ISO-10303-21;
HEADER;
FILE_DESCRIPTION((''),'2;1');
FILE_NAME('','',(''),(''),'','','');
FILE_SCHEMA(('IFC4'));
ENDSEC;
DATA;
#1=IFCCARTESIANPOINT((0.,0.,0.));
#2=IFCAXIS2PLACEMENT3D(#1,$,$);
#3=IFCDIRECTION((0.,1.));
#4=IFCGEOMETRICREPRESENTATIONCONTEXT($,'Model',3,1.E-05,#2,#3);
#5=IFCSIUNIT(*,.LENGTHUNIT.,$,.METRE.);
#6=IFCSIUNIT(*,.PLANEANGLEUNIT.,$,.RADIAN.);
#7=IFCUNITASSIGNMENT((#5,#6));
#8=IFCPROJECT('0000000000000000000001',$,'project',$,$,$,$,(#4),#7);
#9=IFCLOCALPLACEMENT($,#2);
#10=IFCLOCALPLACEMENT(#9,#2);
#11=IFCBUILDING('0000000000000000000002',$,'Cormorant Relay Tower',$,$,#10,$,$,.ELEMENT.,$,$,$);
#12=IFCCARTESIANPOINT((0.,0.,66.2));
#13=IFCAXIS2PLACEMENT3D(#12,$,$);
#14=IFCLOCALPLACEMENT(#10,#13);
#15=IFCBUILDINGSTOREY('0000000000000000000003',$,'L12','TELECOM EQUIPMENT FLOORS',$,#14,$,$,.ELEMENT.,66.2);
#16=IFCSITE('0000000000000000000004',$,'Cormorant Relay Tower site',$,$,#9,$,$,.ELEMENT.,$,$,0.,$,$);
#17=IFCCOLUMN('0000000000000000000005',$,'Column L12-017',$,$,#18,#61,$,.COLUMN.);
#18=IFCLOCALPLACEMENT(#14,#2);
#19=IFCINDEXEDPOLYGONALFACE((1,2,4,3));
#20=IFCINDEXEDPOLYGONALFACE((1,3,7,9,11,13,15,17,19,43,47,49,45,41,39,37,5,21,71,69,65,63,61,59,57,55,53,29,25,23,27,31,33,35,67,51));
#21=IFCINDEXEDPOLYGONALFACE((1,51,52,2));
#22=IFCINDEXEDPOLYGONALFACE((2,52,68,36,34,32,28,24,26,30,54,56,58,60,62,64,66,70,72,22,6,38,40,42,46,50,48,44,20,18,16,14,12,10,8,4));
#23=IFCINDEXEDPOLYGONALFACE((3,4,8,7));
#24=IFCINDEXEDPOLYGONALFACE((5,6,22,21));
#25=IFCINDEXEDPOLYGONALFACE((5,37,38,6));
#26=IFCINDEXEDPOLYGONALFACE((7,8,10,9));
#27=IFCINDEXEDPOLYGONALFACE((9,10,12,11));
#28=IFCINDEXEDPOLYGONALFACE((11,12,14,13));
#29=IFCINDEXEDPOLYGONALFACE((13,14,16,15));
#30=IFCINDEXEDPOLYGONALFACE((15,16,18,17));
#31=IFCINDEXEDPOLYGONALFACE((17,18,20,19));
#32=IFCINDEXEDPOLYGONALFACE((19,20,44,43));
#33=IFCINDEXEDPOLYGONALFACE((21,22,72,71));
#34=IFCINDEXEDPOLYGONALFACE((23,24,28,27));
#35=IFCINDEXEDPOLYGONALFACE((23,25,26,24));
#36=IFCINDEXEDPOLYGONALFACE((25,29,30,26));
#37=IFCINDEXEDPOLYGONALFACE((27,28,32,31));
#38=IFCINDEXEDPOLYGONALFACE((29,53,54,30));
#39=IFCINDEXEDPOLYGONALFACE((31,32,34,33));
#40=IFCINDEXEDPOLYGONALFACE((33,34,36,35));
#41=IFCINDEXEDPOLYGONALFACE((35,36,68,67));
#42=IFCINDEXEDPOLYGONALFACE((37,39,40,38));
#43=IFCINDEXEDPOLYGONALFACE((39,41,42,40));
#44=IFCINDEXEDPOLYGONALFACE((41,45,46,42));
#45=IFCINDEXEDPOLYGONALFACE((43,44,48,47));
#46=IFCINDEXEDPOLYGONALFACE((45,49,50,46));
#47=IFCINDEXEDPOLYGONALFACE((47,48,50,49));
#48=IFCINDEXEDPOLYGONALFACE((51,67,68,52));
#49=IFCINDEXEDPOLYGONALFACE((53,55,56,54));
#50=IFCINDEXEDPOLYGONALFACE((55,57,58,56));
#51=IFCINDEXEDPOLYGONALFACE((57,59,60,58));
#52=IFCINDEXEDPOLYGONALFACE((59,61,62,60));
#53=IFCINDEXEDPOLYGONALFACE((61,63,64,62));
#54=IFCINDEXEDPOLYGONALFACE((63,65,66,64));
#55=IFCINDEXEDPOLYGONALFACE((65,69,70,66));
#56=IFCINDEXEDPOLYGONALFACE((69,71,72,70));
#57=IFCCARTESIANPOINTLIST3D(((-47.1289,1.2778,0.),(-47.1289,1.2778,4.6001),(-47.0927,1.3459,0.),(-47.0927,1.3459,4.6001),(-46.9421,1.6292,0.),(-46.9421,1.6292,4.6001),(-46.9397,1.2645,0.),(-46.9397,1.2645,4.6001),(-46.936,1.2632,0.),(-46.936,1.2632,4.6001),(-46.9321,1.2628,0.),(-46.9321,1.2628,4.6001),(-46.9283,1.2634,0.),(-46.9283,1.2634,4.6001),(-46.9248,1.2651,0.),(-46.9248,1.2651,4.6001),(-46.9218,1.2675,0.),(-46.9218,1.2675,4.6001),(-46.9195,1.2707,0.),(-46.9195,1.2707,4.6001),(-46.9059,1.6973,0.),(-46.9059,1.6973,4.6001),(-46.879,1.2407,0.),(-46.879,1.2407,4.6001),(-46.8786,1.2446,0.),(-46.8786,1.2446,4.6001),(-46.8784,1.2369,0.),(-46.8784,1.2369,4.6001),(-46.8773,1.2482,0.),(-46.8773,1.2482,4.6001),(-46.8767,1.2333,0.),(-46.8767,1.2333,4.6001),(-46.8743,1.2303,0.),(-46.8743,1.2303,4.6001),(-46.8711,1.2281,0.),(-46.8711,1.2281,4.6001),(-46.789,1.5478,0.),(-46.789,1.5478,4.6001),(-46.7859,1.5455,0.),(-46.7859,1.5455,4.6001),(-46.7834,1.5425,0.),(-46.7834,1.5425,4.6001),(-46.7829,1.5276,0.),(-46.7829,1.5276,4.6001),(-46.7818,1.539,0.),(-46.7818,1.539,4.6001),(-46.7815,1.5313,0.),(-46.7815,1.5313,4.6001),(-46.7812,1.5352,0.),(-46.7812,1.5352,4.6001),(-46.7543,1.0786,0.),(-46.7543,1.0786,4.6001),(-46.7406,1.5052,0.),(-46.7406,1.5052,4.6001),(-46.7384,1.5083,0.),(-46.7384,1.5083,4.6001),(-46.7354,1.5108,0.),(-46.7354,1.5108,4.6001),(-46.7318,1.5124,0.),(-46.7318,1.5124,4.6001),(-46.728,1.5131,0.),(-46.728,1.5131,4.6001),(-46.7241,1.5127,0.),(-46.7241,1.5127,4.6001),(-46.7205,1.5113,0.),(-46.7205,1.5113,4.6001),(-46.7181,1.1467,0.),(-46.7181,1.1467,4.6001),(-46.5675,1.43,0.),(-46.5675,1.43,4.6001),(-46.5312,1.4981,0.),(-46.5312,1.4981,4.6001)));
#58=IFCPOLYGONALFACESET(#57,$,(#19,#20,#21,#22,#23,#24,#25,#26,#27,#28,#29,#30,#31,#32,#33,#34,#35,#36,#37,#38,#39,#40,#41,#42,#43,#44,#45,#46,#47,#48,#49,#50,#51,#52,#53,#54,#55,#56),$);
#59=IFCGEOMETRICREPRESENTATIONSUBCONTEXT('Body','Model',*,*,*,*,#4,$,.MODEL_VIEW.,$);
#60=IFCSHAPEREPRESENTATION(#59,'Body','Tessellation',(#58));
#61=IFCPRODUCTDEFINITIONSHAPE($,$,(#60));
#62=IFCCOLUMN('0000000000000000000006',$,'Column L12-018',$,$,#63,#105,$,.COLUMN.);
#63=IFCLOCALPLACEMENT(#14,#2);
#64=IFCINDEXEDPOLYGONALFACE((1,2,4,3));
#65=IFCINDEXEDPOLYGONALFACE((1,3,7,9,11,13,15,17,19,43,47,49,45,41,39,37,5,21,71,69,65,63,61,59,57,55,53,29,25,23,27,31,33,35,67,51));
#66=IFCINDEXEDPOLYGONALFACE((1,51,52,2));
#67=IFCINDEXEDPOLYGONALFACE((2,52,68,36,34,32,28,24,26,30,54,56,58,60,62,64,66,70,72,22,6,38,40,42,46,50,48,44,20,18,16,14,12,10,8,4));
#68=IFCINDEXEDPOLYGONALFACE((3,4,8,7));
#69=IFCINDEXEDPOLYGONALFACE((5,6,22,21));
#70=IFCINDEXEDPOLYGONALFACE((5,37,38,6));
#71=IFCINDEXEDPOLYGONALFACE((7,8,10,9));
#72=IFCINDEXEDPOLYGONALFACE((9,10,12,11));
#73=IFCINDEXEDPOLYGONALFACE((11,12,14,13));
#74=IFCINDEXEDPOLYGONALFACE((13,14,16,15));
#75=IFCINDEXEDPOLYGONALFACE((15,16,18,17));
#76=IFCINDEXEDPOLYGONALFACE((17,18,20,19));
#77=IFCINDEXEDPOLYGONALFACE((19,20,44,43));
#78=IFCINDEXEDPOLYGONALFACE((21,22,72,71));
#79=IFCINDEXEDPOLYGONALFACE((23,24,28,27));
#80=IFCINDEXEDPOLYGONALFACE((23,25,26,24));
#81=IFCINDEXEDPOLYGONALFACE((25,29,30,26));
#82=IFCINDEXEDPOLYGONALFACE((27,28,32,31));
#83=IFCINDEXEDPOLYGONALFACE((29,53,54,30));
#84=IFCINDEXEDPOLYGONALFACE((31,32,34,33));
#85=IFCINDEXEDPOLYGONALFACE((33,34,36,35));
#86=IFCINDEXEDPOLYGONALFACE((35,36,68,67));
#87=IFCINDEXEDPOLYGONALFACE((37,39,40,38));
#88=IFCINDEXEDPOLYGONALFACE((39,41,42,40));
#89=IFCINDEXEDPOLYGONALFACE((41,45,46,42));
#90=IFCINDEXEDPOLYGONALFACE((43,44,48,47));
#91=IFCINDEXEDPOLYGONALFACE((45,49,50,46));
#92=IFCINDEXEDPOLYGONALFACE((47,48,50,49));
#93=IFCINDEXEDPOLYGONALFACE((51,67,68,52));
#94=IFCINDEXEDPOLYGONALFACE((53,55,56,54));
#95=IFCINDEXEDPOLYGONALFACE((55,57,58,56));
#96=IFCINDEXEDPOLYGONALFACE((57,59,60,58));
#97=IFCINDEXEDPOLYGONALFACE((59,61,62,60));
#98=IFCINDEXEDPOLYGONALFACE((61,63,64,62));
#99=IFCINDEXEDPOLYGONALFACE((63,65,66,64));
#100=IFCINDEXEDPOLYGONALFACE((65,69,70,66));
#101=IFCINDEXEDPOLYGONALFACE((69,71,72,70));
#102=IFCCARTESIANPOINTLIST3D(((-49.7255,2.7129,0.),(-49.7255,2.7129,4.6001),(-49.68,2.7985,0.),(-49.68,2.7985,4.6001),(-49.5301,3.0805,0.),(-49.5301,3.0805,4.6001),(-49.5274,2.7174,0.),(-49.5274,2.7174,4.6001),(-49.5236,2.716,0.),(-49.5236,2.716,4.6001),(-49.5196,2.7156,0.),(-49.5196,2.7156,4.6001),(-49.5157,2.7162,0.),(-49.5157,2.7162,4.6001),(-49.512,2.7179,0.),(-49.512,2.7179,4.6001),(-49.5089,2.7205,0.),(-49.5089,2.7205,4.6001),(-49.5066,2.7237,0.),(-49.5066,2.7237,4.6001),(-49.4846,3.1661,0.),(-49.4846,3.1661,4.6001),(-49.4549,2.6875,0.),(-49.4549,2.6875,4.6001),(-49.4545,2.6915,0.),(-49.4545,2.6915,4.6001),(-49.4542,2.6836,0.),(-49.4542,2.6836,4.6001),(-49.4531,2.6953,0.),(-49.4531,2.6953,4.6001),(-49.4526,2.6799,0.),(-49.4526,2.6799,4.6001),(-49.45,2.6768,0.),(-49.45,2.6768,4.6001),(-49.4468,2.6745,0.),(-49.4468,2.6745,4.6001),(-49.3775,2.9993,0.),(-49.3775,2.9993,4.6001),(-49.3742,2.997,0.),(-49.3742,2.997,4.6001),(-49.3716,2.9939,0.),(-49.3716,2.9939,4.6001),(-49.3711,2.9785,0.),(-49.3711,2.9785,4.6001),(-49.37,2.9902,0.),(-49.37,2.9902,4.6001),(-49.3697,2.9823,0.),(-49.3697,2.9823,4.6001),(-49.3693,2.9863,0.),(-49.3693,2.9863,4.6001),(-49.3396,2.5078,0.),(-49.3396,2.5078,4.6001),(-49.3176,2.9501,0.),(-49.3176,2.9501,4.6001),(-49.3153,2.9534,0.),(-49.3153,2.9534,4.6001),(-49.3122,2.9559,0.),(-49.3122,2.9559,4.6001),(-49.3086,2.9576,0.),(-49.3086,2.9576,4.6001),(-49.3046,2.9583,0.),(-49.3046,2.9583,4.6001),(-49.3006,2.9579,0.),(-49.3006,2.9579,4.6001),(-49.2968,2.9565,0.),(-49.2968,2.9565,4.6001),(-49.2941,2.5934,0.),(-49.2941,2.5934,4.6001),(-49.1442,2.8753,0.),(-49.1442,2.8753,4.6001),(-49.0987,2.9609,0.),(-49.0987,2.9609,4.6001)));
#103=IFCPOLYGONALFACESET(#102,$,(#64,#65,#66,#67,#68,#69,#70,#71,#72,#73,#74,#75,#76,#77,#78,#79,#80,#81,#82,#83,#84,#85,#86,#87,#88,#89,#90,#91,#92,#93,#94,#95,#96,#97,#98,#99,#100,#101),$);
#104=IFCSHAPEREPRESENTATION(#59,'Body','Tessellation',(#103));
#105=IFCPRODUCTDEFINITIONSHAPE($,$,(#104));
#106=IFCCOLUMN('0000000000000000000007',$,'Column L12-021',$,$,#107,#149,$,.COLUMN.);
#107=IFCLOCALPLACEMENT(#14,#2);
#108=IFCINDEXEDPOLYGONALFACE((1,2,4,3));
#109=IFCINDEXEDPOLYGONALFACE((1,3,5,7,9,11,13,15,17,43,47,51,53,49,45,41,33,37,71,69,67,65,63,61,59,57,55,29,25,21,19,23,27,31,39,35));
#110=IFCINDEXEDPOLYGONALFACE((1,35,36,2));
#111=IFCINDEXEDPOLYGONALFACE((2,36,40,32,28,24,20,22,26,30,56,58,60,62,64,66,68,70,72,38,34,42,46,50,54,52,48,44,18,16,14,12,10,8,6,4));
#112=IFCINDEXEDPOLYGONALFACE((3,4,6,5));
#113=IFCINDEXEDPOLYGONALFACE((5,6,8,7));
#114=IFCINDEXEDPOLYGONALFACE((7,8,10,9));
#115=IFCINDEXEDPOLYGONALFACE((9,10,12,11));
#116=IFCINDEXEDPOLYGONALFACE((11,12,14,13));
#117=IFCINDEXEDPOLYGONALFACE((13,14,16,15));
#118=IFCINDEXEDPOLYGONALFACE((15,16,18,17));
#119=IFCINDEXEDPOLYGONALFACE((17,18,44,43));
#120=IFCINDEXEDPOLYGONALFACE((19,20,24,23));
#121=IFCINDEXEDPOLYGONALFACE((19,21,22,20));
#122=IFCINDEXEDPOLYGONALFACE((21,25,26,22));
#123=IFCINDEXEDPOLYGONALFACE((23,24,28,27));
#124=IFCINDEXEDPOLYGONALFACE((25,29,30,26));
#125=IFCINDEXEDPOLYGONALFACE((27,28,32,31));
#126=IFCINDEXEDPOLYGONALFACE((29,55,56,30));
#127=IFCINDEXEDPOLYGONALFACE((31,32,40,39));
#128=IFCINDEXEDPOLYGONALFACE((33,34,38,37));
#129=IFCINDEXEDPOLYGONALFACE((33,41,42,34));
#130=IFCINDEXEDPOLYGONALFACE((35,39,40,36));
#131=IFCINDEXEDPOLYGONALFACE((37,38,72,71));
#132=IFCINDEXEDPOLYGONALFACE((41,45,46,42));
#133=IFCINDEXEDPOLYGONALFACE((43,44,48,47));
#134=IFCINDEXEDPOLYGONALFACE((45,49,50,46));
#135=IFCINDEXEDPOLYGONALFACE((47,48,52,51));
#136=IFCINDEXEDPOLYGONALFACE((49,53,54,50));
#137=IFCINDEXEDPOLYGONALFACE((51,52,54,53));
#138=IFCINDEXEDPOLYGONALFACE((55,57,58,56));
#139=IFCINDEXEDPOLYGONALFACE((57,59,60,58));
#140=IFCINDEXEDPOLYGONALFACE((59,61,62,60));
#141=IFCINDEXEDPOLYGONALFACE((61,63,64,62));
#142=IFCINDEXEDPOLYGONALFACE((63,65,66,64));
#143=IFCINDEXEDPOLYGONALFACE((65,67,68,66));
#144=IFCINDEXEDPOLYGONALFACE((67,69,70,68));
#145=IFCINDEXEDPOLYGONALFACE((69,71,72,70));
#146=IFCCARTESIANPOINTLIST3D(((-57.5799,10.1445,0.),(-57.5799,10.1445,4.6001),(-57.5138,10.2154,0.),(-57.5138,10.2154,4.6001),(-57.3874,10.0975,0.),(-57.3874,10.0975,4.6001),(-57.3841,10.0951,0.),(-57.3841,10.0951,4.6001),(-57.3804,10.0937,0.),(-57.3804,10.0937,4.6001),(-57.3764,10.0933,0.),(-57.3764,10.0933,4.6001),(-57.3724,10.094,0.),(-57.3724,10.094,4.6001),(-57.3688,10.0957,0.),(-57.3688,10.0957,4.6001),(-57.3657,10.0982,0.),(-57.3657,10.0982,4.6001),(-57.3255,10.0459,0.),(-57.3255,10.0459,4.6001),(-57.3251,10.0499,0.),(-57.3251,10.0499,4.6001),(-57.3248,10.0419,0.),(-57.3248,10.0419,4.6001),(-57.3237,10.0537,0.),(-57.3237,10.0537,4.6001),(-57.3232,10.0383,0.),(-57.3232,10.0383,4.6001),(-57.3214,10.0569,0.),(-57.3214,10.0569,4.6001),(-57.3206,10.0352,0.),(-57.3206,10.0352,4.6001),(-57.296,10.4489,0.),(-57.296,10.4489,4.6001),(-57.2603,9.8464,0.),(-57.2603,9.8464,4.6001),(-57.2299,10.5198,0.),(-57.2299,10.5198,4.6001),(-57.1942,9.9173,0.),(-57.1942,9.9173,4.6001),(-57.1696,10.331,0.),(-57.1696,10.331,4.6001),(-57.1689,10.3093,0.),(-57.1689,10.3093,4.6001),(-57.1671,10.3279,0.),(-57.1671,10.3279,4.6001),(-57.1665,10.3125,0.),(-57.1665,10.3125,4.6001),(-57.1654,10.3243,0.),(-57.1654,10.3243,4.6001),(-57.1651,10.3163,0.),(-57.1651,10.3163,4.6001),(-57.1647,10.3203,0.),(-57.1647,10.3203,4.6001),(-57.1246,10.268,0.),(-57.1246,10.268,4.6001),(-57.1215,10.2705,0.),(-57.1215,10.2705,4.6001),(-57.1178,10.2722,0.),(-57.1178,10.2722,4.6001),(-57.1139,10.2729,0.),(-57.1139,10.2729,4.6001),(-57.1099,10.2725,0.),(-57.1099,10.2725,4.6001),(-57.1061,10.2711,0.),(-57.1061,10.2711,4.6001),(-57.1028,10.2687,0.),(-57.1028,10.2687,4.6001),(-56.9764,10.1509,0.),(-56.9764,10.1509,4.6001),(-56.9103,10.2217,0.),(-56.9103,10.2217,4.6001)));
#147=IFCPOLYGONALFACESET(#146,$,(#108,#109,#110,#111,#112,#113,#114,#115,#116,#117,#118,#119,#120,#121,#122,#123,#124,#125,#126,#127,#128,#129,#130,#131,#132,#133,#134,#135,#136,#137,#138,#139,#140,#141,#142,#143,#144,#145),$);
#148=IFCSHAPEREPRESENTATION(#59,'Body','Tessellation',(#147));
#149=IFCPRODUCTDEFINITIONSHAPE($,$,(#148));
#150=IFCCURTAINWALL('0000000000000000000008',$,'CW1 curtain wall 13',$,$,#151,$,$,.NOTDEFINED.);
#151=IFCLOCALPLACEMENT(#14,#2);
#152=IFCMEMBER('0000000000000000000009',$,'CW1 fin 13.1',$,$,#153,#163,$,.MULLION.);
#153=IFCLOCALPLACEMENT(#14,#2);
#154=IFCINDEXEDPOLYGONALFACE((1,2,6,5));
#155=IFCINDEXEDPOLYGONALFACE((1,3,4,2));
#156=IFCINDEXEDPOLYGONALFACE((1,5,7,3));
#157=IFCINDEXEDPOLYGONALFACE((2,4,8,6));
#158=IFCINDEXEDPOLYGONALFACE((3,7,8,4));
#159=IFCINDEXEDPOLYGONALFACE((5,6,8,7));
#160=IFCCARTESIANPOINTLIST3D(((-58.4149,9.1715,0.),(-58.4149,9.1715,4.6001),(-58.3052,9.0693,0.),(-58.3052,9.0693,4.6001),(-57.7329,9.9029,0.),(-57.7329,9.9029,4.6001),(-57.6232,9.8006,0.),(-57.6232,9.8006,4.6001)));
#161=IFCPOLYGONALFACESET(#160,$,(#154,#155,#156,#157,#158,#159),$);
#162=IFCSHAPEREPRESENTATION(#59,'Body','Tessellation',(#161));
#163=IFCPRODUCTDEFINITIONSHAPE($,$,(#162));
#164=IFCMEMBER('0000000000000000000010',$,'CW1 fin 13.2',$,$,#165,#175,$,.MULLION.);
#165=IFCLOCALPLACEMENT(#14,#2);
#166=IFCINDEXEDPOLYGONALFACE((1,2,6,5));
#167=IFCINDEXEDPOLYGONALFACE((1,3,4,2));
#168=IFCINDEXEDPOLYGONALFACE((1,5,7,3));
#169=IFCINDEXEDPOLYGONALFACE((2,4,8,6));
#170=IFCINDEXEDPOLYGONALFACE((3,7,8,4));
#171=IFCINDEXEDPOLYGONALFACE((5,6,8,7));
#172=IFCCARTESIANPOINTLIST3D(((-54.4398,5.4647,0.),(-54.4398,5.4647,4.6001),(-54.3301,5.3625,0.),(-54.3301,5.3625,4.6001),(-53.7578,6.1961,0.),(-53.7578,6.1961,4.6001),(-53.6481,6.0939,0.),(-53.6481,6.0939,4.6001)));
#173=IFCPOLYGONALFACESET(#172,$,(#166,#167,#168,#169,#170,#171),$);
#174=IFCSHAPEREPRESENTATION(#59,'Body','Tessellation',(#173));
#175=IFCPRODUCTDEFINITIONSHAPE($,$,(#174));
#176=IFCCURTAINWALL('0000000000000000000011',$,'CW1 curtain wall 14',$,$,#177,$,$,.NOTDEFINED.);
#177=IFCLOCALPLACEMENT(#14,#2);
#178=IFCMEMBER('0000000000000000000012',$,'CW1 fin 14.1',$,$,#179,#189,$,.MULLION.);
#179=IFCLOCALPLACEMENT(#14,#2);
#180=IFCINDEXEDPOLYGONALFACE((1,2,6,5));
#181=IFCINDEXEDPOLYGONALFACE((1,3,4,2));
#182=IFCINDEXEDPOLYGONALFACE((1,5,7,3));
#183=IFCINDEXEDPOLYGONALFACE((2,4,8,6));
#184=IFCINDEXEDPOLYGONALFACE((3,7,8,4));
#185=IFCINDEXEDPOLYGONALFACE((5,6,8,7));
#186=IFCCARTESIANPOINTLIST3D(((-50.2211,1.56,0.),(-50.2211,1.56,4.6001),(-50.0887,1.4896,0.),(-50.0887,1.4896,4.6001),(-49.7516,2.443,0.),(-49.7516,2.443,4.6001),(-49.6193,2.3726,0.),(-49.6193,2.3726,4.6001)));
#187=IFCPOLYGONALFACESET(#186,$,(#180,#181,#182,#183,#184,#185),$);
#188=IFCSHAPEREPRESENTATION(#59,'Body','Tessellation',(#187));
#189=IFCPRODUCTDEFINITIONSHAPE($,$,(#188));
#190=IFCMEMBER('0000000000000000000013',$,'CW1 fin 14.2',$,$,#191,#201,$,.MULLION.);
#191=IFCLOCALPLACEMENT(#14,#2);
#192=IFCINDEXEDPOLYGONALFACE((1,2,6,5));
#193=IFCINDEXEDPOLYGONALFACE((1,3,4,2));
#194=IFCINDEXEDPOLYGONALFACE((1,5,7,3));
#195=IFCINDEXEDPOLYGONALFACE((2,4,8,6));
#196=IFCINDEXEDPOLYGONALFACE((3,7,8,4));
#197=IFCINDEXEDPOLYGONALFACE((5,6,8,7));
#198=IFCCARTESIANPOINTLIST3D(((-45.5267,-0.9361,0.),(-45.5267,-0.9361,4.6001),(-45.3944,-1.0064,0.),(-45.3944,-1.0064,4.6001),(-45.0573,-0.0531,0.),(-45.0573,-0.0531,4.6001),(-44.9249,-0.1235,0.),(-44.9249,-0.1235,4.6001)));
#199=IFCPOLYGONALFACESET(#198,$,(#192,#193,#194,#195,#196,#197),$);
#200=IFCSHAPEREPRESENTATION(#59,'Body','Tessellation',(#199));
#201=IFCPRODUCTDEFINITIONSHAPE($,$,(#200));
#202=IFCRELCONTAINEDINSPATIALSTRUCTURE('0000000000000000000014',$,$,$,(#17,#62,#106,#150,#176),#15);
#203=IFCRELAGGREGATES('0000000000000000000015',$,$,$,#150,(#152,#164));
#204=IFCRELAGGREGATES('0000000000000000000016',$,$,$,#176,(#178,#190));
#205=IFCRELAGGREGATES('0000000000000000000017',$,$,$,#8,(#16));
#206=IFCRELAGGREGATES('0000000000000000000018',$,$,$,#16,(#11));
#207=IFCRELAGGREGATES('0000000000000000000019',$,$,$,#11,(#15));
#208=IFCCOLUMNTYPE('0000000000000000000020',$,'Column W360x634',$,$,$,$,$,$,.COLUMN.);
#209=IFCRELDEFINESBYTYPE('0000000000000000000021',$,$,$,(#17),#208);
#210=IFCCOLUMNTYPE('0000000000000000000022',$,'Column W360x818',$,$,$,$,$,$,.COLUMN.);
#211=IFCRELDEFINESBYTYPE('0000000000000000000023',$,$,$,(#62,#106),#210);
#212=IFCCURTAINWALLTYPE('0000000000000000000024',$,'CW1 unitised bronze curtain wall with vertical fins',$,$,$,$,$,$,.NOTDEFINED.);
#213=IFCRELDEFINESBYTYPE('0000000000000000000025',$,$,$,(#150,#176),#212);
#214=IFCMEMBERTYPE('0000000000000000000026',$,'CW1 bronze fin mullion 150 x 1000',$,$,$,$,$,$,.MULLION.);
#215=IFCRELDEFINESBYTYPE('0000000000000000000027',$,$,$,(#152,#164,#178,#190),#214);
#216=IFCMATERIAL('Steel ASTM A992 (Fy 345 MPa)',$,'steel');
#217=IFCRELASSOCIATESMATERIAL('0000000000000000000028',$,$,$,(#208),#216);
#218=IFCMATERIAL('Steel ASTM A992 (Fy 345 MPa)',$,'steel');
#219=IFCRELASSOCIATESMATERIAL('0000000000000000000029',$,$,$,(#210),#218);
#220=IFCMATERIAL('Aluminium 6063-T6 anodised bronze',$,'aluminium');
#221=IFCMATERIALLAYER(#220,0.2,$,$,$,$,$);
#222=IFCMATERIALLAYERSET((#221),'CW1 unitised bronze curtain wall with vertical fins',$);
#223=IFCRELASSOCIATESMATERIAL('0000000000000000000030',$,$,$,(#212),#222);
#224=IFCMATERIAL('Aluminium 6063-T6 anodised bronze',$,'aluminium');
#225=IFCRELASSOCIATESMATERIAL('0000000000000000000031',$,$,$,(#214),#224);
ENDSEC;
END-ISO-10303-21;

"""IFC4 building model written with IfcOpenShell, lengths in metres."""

from ifc_helpers import new_model, si_unit, direction, frame, origin, origin_2d, place, context, subcontext, project, spatial, rectangle, i_section, extrude, material, layer, layer_set, material_profile, profile_set, type_object, element, aggregate, save


model = new_model("IFC4")

# Units and contexts
model_context = context("Model", 3, precision=1e-05, world=origin(), true_north=direction((0.0, 1.0)))
body_context = subcontext(model_context, "Body", "Model", "MODEL_VIEW")
ifc_project = project(units=[si_unit("LENGTHUNIT", "METRE"), si_unit("PLANEANGLEUNIT", "RADIAN")], contexts=[model_context])

# Site, building, storey
site_placement = place(None, origin())
site = spatial("IfcSite", under=ifc_project, at=site_placement, Name="Cormorant Relay Tower site", CompositionType="ELEMENT", RefElevation=0.0)
building_placement = place(site_placement, origin())
building = spatial("IfcBuilding", under=site, at=building_placement, Name="Cormorant Relay Tower", CompositionType="ELEMENT")
storey_placement = place(building_placement, frame((0.0, 0.0, 66.2)))
storey = spatial("IfcBuildingStorey", under=building, at=storey_placement, Name="L12", Description="TELECOM EQUIPMENT FLOORS", CompositionType="ELEMENT", Elevation=66.2)

# Columns
ifc_material_1 = material(Name="Steel ASTM A992 (Fy 345 MPa)", Category="steel")
ifc_material_profile_1 = material_profile(ifc_material_1, i_section(OverallWidth=0.4243, OverallDepth=0.4751, WebThickness=0.0479, FlangeThickness=0.0771, FilletRadius=0.0149, at=origin_2d()), Name="W360x634")
ifc_profile_set_1 = profile_set([ifc_material_profile_1], Name="Steel ASTM A992 (Fy 345 MPa)")
column_type_1 = type_object("IfcColumnType", Name="Column W360x634", PredefinedType="COLUMN", material=ifc_profile_set_1)
column_placement = place(storey_placement, frame((-46.8301, 1.3879, 0.0), z_axis=(0.0, 0.0, 1.0), x_axis=(0.882948, -0.469472, 0.0)))
element("IfcColumn", 1, at=column_placement, inside=storey, type_object=column_type_1, Name="Column L12-017", PredefinedType="COLUMN", context=body_context, shape_type="SweptSolid", body=[
    extrude(i_section(OverallWidth=0.4243, OverallDepth=0.4751, WebThickness=0.0479, FlangeThickness=0.0771, FilletRadius=0.0149, at=origin_2d()), origin(), (0.0, 0.0, 1.0), 4.6001),
])
ifc_material_2 = material(Name="Steel ASTM A992 (Fy 345 MPa)", Category="steel")
ifc_material_profile_2 = material_profile(ifc_material_2, i_section(OverallWidth=0.437, OverallDepth=0.5132, WebThickness=0.0605, FlangeThickness=0.0969, FilletRadius=0.0154, at=origin_2d()), Name="W360x818")
ifc_profile_set_2 = profile_set([ifc_material_profile_2], Name="Steel ASTM A992 (Fy 345 MPa)")
column_type_2 = type_object("IfcColumnType", Name="Column W360x818", PredefinedType="COLUMN", material=ifc_profile_set_2)
for number, where, z_axis, x_axis, name in (
    (2, (-49.4121, 2.8369, 0.0), (0.0, 0.0, 1.0), (0.882948, -0.469472, 0.0), "Column L12-018"),
    (3, (-57.2451, 10.1831, 0.0), (0.0, 0.0, 1.0), (0.731354, -0.681998, 0.0), "Column L12-021"),
):
    element("IfcColumn", number, at=place(storey_placement, frame(where, z_axis=z_axis, x_axis=x_axis)), inside=storey, type_object=column_type_2, Name=name, PredefinedType="COLUMN", context=body_context, shape_type="SweptSolid", body=[
        extrude(i_section(OverallWidth=0.437, OverallDepth=0.5132, WebThickness=0.0605, FlangeThickness=0.0969, FilletRadius=0.0154, at=origin_2d()), origin(), (0.0, 0.0, 1.0), 4.6001),
    ])

# Curtain walls, members
ifc_material_3 = material(Name="Aluminium 6063-T6 anodised bronze", Category="aluminium")
ifc_layer_1 = layer(ifc_material_3, 0.2)
ifc_layer_set_1 = layer_set([ifc_layer_1], Name="CW1 unitised bronze curtain wall with vertical fins")
curtain_wall_type = type_object("IfcCurtainWallType", Name="CW1 unitised bronze curtain wall with vertical fins", PredefinedType="NOTDEFINED", material=ifc_layer_set_1)
curtain_wall_1_placement = place(storey_placement, origin())
curtain_wall_1 = element("IfcCurtainWall", 4, at=curtain_wall_1_placement, inside=storey, type_object=curtain_wall_type, Name="CW1 curtain wall 13", PredefinedType="NOTDEFINED")
ifc_material_4 = material(Name="Aluminium 6063-T6 anodised bronze", Category="aluminium")
ifc_material_profile_3 = material_profile(ifc_material_4, rectangle(XDim=0.1499, YDim=1.0, at=origin_2d()), Name="AL 150x1000")
ifc_profile_set_3 = profile_set([ifc_material_profile_3], Name="Aluminium 6063-T6 anodised bronze")
member_type_1 = type_object("IfcMemberType", Name="CW1 bronze fin mullion 150 x 1000", PredefinedType="MULLION", material=ifc_profile_set_3)
member_1_placement = place(storey_placement, frame((-58.019, 9.4861, 0.0), z_axis=(0.0, 0.0, 1.0), x_axis=(0.731354, -0.681998, 0.0)))
member_1 = element("IfcMember", 5, at=member_1_placement, type_object=member_type_1, Name="CW1 fin 13.1", PredefinedType="MULLION", context=body_context, shape_type="SweptSolid", body=[
    extrude(rectangle(XDim=0.1499, YDim=1.0, at=origin_2d()), origin(), (0.0, 0.0, 1.0), 4.6001),
])
member_2_placement = place(storey_placement, frame((-54.0439, 5.7793, 0.0), z_axis=(0.0, 0.0, 1.0), x_axis=(0.731354, -0.681998, 0.0)))
member_2 = element("IfcMember", 6, at=member_2_placement, type_object=member_type_1, Name="CW1 fin 13.2", PredefinedType="MULLION", context=body_context, shape_type="SweptSolid", body=[
    extrude(rectangle(XDim=0.1499, YDim=1.0, at=origin_2d()), origin(), (0.0, 0.0, 1.0), 4.6001),
])
curtain_wall_2_placement = place(storey_placement, origin())
curtain_wall_2 = element("IfcCurtainWall", 7, at=curtain_wall_2_placement, inside=storey, type_object=curtain_wall_type, Name="CW1 curtain wall 14", PredefinedType="NOTDEFINED")
member_3_placement = place(storey_placement, frame((-49.9202, 1.9663, 0.0), z_axis=(0.0, 0.0, 1.0), x_axis=(0.882948, -0.469472, 0.0)))
member_3 = element("IfcMember", 8, at=member_3_placement, type_object=member_type_1, Name="CW1 fin 14.1", PredefinedType="MULLION", context=body_context, shape_type="SweptSolid", body=[
    extrude(rectangle(XDim=0.1499, YDim=1.0, at=origin_2d()), origin(), (0.0, 0.0, 1.0), 4.6001),
])
member_4_placement = place(storey_placement, frame((-45.2258, -0.5298, 0.0), z_axis=(0.0, 0.0, 1.0), x_axis=(0.882948, -0.469472, 0.0)))
member_4 = element("IfcMember", 9, at=member_4_placement, type_object=member_type_1, Name="CW1 fin 14.2", PredefinedType="MULLION", context=body_context, shape_type="SweptSolid", body=[
    extrude(rectangle(XDim=0.1499, YDim=1.0, at=origin_2d()), origin(), (0.0, 0.0, 1.0), 4.6001),
])

aggregate(curtain_wall_1, [member_1, member_2])
aggregate(curtain_wall_2, [member_3, member_4])

save(model, "model.ifc")
